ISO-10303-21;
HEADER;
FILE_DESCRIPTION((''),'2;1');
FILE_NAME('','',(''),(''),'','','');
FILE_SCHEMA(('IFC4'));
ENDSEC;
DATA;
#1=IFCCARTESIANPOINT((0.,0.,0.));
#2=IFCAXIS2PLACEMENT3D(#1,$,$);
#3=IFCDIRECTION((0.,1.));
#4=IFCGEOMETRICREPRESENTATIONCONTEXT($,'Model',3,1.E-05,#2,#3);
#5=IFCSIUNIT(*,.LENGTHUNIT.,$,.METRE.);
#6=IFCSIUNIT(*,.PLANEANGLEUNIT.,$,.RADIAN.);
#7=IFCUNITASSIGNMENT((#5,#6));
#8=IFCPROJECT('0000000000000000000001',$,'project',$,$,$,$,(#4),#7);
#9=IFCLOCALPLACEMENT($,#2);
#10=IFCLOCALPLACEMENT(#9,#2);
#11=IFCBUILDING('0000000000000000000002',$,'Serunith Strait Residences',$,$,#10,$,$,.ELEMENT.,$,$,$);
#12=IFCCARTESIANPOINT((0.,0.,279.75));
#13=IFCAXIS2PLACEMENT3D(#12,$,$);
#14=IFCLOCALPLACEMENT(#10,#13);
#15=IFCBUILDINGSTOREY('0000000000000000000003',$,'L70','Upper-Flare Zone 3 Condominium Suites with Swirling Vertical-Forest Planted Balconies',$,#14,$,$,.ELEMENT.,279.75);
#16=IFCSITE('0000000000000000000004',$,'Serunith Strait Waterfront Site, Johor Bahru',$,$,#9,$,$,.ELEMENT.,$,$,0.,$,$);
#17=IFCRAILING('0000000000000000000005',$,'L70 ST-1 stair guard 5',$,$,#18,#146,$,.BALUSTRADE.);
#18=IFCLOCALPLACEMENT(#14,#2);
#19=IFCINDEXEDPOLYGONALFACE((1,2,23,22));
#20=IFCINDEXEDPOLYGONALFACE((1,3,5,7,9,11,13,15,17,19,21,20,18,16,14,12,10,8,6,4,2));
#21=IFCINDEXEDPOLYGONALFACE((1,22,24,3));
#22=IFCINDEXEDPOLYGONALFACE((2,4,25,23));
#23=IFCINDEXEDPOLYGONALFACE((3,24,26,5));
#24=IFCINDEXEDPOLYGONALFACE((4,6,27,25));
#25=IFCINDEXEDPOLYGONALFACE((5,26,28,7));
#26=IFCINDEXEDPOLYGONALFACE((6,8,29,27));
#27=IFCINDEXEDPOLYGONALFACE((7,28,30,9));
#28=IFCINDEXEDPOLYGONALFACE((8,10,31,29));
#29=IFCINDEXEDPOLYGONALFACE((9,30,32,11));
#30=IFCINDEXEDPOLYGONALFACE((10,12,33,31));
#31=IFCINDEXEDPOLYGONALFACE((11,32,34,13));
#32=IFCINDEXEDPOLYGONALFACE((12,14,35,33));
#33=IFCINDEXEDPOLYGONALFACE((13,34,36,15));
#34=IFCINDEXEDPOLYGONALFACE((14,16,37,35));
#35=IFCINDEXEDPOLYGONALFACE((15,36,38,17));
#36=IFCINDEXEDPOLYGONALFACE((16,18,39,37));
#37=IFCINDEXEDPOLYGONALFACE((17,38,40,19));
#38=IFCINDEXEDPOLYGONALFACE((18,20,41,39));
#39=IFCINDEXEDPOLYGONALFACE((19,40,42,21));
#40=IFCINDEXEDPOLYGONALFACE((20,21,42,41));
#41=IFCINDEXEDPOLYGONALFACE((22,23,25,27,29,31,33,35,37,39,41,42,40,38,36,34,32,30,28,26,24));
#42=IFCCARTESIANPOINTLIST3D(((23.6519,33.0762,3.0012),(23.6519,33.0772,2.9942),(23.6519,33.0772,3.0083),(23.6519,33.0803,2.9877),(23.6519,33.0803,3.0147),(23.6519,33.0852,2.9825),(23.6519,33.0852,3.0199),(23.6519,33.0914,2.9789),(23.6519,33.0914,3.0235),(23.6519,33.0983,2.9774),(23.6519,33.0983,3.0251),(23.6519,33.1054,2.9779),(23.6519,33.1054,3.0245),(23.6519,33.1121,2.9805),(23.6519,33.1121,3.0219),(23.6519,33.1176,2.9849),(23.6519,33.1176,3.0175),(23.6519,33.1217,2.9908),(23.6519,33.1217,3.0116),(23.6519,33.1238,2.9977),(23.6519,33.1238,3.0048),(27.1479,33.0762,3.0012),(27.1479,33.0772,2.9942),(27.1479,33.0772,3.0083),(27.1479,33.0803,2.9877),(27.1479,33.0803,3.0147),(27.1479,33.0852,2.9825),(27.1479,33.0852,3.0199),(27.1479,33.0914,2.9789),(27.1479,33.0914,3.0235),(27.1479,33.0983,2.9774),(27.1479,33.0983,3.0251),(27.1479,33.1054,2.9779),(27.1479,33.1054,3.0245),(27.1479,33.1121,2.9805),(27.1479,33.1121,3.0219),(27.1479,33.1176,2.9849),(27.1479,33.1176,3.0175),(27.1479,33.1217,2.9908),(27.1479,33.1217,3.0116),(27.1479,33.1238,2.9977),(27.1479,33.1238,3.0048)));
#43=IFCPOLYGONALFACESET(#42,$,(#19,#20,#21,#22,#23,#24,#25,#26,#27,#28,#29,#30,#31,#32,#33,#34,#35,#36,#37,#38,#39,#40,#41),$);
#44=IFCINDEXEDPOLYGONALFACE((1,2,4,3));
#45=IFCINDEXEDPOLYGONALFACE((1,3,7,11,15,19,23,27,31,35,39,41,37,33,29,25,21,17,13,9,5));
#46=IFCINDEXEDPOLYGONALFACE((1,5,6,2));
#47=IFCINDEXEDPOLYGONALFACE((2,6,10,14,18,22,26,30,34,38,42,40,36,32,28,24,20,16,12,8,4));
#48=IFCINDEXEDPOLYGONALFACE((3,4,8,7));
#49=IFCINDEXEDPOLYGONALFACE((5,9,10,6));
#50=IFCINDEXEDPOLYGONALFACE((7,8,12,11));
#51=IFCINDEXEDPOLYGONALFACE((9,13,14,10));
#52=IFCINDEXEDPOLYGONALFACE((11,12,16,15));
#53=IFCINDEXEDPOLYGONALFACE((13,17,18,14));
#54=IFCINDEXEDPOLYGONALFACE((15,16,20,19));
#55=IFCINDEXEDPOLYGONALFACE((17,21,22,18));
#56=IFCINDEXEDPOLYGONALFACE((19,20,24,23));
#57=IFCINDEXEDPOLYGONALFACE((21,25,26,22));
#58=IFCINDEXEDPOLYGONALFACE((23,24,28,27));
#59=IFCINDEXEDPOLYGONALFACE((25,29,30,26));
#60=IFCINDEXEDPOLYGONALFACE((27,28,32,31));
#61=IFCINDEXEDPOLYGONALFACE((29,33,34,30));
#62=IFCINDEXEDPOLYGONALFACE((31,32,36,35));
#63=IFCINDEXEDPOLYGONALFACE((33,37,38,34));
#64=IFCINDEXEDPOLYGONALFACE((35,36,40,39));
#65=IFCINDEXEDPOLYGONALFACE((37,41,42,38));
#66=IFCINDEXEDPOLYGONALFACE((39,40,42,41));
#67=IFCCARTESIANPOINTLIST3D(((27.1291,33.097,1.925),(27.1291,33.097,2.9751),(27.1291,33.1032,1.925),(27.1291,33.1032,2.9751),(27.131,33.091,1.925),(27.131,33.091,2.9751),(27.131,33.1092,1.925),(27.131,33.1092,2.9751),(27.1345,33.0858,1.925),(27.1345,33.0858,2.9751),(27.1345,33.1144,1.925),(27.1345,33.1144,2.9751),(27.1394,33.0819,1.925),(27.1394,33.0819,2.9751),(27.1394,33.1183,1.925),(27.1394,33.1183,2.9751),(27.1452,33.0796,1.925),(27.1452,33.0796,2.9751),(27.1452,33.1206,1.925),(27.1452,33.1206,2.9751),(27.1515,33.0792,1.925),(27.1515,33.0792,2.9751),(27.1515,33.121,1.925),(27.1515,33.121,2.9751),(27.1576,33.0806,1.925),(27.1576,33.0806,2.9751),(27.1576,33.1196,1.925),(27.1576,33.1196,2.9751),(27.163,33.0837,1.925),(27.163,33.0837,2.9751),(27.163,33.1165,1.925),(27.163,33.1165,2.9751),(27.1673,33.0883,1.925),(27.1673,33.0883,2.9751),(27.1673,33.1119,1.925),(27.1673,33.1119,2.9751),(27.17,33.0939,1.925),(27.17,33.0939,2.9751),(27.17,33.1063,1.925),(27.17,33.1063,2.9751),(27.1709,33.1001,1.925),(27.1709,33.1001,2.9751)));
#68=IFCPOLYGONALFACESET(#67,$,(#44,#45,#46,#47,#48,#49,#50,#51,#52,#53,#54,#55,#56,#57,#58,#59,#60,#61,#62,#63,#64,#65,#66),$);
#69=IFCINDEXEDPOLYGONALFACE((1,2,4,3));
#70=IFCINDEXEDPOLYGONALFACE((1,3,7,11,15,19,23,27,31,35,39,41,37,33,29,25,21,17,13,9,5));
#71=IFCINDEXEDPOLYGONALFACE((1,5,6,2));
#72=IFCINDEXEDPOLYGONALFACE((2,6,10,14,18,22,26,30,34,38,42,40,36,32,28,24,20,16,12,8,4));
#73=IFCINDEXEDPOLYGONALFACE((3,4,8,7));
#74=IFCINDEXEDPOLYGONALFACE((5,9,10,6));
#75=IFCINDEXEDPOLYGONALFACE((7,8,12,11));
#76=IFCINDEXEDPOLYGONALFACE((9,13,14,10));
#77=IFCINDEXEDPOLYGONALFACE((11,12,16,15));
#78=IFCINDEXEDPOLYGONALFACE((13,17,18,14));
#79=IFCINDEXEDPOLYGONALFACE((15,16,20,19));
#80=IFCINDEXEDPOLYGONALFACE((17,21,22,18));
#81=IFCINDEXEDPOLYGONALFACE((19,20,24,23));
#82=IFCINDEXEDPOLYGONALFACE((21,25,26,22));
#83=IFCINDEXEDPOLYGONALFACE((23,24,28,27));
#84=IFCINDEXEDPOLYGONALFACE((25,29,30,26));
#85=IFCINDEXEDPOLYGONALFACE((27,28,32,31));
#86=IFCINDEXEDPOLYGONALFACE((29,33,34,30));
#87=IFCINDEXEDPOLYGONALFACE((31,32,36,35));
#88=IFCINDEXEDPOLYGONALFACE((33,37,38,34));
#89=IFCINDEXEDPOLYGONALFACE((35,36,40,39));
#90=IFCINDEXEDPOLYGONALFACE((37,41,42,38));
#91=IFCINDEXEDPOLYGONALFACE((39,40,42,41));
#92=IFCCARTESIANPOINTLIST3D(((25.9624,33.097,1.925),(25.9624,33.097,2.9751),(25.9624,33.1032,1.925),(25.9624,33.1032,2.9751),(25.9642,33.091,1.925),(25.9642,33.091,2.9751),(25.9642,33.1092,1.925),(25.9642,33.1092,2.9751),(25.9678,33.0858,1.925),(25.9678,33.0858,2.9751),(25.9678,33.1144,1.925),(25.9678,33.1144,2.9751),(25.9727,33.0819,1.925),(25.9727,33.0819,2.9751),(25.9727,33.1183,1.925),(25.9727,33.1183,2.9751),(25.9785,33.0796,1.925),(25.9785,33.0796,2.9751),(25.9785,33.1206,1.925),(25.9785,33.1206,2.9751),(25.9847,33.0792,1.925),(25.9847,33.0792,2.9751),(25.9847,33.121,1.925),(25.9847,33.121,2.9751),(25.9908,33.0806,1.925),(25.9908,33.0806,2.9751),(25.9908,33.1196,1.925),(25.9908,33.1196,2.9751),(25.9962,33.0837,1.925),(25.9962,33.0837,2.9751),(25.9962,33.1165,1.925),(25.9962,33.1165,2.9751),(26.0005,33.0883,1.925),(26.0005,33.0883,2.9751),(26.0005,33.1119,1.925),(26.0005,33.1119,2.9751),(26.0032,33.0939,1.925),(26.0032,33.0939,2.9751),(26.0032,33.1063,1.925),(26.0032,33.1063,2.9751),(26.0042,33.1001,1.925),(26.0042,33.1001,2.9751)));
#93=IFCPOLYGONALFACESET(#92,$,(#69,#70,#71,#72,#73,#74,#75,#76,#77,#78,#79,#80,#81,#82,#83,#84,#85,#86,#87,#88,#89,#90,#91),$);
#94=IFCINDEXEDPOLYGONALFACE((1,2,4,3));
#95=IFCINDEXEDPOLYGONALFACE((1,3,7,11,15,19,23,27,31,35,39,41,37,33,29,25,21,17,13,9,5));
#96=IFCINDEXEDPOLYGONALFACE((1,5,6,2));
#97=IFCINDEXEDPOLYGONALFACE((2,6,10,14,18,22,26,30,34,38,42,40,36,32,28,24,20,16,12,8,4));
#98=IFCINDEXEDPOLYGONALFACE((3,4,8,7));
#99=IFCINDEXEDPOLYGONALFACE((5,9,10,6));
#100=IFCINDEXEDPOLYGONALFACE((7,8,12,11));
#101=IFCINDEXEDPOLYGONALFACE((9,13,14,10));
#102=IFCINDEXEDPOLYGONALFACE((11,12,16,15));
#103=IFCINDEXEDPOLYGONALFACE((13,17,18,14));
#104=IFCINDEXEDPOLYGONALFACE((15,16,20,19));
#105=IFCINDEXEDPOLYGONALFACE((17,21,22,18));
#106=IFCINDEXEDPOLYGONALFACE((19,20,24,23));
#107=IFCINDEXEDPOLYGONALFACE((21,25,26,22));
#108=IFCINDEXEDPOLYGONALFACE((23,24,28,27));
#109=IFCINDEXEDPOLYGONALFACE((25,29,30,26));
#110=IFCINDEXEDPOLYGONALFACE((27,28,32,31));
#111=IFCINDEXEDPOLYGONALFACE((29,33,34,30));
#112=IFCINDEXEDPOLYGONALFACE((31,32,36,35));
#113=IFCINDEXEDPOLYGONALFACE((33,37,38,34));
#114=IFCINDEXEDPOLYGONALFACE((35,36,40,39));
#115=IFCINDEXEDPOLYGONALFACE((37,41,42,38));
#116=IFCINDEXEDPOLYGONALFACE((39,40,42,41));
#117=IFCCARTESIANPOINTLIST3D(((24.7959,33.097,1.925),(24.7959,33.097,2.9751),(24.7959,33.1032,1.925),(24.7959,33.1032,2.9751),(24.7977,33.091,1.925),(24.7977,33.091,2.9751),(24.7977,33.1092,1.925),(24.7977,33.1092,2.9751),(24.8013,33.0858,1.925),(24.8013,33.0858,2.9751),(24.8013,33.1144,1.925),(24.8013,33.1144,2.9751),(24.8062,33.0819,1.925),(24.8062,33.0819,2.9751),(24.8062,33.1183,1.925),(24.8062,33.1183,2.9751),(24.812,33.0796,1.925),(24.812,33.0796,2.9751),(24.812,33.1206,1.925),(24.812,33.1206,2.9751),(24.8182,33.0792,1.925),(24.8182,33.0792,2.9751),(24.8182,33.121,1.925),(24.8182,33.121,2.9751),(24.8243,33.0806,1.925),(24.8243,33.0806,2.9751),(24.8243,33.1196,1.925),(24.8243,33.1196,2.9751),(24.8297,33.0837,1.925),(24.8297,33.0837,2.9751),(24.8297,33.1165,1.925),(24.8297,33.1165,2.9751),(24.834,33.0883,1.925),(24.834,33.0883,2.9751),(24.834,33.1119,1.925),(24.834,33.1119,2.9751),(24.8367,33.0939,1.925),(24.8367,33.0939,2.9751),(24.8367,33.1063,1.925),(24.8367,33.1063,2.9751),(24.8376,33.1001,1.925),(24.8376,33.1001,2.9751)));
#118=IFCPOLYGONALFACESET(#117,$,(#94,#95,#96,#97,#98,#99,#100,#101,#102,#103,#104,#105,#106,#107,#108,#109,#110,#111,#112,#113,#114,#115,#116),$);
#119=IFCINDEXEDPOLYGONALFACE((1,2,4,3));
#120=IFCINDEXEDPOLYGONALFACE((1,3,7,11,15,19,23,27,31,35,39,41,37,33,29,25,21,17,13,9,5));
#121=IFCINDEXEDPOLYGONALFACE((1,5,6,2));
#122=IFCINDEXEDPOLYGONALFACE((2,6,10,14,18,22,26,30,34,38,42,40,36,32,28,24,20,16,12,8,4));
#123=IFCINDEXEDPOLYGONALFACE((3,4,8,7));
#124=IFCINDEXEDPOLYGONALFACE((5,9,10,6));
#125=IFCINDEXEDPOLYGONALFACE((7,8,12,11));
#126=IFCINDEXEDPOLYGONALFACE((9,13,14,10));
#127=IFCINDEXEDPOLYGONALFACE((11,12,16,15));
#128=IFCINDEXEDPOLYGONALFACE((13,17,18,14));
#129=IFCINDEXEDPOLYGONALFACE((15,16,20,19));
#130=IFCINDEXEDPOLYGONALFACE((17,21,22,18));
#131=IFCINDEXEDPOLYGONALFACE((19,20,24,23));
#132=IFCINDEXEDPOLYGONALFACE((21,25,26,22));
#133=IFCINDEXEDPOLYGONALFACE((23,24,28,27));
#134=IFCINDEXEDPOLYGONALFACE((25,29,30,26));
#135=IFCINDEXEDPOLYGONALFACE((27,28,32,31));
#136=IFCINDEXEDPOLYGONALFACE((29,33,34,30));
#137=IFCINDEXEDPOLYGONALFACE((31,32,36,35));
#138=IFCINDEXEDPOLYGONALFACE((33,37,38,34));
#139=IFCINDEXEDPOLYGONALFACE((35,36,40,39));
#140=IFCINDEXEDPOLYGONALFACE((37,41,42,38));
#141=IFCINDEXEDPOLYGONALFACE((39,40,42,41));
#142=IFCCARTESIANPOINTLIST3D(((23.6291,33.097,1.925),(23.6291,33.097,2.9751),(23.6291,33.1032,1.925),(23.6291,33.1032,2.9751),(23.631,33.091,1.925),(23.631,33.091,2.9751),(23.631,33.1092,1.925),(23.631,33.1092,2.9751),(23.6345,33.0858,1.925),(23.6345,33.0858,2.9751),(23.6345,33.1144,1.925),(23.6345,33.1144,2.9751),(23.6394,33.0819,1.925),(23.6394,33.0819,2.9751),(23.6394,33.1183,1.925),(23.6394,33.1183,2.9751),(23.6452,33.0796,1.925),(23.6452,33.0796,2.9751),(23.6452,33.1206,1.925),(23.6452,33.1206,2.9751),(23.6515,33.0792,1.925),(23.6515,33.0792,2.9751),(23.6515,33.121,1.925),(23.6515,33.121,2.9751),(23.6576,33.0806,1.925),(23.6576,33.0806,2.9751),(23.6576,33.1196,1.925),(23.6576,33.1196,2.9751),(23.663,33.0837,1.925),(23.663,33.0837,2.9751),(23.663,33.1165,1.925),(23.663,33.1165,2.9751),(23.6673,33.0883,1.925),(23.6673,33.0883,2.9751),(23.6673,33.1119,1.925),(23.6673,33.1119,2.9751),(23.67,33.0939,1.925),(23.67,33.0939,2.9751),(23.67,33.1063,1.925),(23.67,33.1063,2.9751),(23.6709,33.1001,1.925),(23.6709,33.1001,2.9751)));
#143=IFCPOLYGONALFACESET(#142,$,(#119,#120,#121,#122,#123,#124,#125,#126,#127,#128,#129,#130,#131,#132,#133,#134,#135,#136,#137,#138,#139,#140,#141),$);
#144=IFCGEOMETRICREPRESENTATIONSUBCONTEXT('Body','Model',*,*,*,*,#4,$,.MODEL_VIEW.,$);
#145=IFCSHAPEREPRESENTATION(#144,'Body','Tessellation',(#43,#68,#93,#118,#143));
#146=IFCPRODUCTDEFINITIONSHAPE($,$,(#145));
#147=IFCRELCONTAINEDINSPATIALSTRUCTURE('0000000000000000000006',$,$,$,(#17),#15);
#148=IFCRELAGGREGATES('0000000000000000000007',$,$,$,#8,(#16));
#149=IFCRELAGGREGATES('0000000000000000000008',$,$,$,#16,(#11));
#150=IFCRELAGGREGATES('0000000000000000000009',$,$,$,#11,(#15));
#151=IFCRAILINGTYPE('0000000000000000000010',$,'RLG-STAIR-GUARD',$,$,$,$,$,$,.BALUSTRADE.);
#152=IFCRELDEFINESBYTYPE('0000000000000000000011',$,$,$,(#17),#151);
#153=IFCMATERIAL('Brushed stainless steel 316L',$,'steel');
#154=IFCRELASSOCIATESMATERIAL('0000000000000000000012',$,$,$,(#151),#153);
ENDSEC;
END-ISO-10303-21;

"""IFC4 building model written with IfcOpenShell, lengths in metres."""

from ifc_helpers import new_model, si_unit, direction, frame, origin, origin_2d, place, context, subcontext, project, spatial, circle, extrude, material, type_object, element, save


model = new_model("IFC4")

# Units and contexts
model_context = context("Model", 3, precision=1e-05, world=origin(), true_north=direction((0.0, 1.0)))
body_context = subcontext(model_context, "Body", "Model", "MODEL_VIEW")
ifc_project = project(units=[si_unit("LENGTHUNIT", "METRE"), si_unit("PLANEANGLEUNIT", "RADIAN")], contexts=[model_context])

# Site, building, storey
site_placement = place(None, origin())
site = spatial("IfcSite", under=ifc_project, at=site_placement, Name="Serunith Strait Waterfront Site, Johor Bahru", CompositionType="ELEMENT", RefElevation=0.0)
building_placement = place(site_placement, origin())
building = spatial("IfcBuilding", under=site, at=building_placement, Name="Serunith Strait Residences", CompositionType="ELEMENT")
storey_placement = place(building_placement, frame((0.0, 0.0, 279.75)))
storey = spatial("IfcBuildingStorey", under=building, at=storey_placement, Name="L70", Description="Upper-Flare Zone 3 Condominium Suites with Swirling Vertical-Forest Planted Balconies", CompositionType="ELEMENT", Elevation=279.75)

# Railing
ifc_material_1 = material(Name="Brushed stainless steel 316L", Category="steel")
railing_type_1 = type_object("IfcRailingType", Name="RLG-STAIR-GUARD", PredefinedType="BALUSTRADE", material=ifc_material_1)
railing_1_placement = place(storey_placement, frame((27.1499, 33.1001, 1.925)))
element("IfcRailing", 1, at=railing_1_placement, inside=storey, type_object=railing_type_1, Name="L70 ST-1 stair guard 5", PredefinedType="BALUSTRADE", context=body_context, shape_type="SweptSolid", body=[
    extrude(circle(Radius=0.0239, at=origin_2d()), frame((-0.002, 0.0, 1.0762), z_axis=(-1.0, 0.0, 0.0), x_axis=(0.0, -1.0, 0.0)), (0.0, 0.0, 1.0), 3.4961),
    extrude(circle(Radius=0.021, at=origin_2d()), origin(), (0.0, 0.0, 1.0), 1.05),
    extrude(circle(Radius=0.021, at=origin_2d()), frame((-1.1667, 0.0, 0.0)), (0.0, 0.0, 1.0), 1.05),
    extrude(circle(Radius=0.021, at=origin_2d()), frame((-2.3333, 0.0, 0.0)), (0.0, 0.0, 1.0), 1.05),
    extrude(circle(Radius=0.021, at=origin_2d()), frame((-3.5, 0.0, 0.0)), (0.0, 0.0, 1.0), 1.05),
])

save(model, "model.ifc")
